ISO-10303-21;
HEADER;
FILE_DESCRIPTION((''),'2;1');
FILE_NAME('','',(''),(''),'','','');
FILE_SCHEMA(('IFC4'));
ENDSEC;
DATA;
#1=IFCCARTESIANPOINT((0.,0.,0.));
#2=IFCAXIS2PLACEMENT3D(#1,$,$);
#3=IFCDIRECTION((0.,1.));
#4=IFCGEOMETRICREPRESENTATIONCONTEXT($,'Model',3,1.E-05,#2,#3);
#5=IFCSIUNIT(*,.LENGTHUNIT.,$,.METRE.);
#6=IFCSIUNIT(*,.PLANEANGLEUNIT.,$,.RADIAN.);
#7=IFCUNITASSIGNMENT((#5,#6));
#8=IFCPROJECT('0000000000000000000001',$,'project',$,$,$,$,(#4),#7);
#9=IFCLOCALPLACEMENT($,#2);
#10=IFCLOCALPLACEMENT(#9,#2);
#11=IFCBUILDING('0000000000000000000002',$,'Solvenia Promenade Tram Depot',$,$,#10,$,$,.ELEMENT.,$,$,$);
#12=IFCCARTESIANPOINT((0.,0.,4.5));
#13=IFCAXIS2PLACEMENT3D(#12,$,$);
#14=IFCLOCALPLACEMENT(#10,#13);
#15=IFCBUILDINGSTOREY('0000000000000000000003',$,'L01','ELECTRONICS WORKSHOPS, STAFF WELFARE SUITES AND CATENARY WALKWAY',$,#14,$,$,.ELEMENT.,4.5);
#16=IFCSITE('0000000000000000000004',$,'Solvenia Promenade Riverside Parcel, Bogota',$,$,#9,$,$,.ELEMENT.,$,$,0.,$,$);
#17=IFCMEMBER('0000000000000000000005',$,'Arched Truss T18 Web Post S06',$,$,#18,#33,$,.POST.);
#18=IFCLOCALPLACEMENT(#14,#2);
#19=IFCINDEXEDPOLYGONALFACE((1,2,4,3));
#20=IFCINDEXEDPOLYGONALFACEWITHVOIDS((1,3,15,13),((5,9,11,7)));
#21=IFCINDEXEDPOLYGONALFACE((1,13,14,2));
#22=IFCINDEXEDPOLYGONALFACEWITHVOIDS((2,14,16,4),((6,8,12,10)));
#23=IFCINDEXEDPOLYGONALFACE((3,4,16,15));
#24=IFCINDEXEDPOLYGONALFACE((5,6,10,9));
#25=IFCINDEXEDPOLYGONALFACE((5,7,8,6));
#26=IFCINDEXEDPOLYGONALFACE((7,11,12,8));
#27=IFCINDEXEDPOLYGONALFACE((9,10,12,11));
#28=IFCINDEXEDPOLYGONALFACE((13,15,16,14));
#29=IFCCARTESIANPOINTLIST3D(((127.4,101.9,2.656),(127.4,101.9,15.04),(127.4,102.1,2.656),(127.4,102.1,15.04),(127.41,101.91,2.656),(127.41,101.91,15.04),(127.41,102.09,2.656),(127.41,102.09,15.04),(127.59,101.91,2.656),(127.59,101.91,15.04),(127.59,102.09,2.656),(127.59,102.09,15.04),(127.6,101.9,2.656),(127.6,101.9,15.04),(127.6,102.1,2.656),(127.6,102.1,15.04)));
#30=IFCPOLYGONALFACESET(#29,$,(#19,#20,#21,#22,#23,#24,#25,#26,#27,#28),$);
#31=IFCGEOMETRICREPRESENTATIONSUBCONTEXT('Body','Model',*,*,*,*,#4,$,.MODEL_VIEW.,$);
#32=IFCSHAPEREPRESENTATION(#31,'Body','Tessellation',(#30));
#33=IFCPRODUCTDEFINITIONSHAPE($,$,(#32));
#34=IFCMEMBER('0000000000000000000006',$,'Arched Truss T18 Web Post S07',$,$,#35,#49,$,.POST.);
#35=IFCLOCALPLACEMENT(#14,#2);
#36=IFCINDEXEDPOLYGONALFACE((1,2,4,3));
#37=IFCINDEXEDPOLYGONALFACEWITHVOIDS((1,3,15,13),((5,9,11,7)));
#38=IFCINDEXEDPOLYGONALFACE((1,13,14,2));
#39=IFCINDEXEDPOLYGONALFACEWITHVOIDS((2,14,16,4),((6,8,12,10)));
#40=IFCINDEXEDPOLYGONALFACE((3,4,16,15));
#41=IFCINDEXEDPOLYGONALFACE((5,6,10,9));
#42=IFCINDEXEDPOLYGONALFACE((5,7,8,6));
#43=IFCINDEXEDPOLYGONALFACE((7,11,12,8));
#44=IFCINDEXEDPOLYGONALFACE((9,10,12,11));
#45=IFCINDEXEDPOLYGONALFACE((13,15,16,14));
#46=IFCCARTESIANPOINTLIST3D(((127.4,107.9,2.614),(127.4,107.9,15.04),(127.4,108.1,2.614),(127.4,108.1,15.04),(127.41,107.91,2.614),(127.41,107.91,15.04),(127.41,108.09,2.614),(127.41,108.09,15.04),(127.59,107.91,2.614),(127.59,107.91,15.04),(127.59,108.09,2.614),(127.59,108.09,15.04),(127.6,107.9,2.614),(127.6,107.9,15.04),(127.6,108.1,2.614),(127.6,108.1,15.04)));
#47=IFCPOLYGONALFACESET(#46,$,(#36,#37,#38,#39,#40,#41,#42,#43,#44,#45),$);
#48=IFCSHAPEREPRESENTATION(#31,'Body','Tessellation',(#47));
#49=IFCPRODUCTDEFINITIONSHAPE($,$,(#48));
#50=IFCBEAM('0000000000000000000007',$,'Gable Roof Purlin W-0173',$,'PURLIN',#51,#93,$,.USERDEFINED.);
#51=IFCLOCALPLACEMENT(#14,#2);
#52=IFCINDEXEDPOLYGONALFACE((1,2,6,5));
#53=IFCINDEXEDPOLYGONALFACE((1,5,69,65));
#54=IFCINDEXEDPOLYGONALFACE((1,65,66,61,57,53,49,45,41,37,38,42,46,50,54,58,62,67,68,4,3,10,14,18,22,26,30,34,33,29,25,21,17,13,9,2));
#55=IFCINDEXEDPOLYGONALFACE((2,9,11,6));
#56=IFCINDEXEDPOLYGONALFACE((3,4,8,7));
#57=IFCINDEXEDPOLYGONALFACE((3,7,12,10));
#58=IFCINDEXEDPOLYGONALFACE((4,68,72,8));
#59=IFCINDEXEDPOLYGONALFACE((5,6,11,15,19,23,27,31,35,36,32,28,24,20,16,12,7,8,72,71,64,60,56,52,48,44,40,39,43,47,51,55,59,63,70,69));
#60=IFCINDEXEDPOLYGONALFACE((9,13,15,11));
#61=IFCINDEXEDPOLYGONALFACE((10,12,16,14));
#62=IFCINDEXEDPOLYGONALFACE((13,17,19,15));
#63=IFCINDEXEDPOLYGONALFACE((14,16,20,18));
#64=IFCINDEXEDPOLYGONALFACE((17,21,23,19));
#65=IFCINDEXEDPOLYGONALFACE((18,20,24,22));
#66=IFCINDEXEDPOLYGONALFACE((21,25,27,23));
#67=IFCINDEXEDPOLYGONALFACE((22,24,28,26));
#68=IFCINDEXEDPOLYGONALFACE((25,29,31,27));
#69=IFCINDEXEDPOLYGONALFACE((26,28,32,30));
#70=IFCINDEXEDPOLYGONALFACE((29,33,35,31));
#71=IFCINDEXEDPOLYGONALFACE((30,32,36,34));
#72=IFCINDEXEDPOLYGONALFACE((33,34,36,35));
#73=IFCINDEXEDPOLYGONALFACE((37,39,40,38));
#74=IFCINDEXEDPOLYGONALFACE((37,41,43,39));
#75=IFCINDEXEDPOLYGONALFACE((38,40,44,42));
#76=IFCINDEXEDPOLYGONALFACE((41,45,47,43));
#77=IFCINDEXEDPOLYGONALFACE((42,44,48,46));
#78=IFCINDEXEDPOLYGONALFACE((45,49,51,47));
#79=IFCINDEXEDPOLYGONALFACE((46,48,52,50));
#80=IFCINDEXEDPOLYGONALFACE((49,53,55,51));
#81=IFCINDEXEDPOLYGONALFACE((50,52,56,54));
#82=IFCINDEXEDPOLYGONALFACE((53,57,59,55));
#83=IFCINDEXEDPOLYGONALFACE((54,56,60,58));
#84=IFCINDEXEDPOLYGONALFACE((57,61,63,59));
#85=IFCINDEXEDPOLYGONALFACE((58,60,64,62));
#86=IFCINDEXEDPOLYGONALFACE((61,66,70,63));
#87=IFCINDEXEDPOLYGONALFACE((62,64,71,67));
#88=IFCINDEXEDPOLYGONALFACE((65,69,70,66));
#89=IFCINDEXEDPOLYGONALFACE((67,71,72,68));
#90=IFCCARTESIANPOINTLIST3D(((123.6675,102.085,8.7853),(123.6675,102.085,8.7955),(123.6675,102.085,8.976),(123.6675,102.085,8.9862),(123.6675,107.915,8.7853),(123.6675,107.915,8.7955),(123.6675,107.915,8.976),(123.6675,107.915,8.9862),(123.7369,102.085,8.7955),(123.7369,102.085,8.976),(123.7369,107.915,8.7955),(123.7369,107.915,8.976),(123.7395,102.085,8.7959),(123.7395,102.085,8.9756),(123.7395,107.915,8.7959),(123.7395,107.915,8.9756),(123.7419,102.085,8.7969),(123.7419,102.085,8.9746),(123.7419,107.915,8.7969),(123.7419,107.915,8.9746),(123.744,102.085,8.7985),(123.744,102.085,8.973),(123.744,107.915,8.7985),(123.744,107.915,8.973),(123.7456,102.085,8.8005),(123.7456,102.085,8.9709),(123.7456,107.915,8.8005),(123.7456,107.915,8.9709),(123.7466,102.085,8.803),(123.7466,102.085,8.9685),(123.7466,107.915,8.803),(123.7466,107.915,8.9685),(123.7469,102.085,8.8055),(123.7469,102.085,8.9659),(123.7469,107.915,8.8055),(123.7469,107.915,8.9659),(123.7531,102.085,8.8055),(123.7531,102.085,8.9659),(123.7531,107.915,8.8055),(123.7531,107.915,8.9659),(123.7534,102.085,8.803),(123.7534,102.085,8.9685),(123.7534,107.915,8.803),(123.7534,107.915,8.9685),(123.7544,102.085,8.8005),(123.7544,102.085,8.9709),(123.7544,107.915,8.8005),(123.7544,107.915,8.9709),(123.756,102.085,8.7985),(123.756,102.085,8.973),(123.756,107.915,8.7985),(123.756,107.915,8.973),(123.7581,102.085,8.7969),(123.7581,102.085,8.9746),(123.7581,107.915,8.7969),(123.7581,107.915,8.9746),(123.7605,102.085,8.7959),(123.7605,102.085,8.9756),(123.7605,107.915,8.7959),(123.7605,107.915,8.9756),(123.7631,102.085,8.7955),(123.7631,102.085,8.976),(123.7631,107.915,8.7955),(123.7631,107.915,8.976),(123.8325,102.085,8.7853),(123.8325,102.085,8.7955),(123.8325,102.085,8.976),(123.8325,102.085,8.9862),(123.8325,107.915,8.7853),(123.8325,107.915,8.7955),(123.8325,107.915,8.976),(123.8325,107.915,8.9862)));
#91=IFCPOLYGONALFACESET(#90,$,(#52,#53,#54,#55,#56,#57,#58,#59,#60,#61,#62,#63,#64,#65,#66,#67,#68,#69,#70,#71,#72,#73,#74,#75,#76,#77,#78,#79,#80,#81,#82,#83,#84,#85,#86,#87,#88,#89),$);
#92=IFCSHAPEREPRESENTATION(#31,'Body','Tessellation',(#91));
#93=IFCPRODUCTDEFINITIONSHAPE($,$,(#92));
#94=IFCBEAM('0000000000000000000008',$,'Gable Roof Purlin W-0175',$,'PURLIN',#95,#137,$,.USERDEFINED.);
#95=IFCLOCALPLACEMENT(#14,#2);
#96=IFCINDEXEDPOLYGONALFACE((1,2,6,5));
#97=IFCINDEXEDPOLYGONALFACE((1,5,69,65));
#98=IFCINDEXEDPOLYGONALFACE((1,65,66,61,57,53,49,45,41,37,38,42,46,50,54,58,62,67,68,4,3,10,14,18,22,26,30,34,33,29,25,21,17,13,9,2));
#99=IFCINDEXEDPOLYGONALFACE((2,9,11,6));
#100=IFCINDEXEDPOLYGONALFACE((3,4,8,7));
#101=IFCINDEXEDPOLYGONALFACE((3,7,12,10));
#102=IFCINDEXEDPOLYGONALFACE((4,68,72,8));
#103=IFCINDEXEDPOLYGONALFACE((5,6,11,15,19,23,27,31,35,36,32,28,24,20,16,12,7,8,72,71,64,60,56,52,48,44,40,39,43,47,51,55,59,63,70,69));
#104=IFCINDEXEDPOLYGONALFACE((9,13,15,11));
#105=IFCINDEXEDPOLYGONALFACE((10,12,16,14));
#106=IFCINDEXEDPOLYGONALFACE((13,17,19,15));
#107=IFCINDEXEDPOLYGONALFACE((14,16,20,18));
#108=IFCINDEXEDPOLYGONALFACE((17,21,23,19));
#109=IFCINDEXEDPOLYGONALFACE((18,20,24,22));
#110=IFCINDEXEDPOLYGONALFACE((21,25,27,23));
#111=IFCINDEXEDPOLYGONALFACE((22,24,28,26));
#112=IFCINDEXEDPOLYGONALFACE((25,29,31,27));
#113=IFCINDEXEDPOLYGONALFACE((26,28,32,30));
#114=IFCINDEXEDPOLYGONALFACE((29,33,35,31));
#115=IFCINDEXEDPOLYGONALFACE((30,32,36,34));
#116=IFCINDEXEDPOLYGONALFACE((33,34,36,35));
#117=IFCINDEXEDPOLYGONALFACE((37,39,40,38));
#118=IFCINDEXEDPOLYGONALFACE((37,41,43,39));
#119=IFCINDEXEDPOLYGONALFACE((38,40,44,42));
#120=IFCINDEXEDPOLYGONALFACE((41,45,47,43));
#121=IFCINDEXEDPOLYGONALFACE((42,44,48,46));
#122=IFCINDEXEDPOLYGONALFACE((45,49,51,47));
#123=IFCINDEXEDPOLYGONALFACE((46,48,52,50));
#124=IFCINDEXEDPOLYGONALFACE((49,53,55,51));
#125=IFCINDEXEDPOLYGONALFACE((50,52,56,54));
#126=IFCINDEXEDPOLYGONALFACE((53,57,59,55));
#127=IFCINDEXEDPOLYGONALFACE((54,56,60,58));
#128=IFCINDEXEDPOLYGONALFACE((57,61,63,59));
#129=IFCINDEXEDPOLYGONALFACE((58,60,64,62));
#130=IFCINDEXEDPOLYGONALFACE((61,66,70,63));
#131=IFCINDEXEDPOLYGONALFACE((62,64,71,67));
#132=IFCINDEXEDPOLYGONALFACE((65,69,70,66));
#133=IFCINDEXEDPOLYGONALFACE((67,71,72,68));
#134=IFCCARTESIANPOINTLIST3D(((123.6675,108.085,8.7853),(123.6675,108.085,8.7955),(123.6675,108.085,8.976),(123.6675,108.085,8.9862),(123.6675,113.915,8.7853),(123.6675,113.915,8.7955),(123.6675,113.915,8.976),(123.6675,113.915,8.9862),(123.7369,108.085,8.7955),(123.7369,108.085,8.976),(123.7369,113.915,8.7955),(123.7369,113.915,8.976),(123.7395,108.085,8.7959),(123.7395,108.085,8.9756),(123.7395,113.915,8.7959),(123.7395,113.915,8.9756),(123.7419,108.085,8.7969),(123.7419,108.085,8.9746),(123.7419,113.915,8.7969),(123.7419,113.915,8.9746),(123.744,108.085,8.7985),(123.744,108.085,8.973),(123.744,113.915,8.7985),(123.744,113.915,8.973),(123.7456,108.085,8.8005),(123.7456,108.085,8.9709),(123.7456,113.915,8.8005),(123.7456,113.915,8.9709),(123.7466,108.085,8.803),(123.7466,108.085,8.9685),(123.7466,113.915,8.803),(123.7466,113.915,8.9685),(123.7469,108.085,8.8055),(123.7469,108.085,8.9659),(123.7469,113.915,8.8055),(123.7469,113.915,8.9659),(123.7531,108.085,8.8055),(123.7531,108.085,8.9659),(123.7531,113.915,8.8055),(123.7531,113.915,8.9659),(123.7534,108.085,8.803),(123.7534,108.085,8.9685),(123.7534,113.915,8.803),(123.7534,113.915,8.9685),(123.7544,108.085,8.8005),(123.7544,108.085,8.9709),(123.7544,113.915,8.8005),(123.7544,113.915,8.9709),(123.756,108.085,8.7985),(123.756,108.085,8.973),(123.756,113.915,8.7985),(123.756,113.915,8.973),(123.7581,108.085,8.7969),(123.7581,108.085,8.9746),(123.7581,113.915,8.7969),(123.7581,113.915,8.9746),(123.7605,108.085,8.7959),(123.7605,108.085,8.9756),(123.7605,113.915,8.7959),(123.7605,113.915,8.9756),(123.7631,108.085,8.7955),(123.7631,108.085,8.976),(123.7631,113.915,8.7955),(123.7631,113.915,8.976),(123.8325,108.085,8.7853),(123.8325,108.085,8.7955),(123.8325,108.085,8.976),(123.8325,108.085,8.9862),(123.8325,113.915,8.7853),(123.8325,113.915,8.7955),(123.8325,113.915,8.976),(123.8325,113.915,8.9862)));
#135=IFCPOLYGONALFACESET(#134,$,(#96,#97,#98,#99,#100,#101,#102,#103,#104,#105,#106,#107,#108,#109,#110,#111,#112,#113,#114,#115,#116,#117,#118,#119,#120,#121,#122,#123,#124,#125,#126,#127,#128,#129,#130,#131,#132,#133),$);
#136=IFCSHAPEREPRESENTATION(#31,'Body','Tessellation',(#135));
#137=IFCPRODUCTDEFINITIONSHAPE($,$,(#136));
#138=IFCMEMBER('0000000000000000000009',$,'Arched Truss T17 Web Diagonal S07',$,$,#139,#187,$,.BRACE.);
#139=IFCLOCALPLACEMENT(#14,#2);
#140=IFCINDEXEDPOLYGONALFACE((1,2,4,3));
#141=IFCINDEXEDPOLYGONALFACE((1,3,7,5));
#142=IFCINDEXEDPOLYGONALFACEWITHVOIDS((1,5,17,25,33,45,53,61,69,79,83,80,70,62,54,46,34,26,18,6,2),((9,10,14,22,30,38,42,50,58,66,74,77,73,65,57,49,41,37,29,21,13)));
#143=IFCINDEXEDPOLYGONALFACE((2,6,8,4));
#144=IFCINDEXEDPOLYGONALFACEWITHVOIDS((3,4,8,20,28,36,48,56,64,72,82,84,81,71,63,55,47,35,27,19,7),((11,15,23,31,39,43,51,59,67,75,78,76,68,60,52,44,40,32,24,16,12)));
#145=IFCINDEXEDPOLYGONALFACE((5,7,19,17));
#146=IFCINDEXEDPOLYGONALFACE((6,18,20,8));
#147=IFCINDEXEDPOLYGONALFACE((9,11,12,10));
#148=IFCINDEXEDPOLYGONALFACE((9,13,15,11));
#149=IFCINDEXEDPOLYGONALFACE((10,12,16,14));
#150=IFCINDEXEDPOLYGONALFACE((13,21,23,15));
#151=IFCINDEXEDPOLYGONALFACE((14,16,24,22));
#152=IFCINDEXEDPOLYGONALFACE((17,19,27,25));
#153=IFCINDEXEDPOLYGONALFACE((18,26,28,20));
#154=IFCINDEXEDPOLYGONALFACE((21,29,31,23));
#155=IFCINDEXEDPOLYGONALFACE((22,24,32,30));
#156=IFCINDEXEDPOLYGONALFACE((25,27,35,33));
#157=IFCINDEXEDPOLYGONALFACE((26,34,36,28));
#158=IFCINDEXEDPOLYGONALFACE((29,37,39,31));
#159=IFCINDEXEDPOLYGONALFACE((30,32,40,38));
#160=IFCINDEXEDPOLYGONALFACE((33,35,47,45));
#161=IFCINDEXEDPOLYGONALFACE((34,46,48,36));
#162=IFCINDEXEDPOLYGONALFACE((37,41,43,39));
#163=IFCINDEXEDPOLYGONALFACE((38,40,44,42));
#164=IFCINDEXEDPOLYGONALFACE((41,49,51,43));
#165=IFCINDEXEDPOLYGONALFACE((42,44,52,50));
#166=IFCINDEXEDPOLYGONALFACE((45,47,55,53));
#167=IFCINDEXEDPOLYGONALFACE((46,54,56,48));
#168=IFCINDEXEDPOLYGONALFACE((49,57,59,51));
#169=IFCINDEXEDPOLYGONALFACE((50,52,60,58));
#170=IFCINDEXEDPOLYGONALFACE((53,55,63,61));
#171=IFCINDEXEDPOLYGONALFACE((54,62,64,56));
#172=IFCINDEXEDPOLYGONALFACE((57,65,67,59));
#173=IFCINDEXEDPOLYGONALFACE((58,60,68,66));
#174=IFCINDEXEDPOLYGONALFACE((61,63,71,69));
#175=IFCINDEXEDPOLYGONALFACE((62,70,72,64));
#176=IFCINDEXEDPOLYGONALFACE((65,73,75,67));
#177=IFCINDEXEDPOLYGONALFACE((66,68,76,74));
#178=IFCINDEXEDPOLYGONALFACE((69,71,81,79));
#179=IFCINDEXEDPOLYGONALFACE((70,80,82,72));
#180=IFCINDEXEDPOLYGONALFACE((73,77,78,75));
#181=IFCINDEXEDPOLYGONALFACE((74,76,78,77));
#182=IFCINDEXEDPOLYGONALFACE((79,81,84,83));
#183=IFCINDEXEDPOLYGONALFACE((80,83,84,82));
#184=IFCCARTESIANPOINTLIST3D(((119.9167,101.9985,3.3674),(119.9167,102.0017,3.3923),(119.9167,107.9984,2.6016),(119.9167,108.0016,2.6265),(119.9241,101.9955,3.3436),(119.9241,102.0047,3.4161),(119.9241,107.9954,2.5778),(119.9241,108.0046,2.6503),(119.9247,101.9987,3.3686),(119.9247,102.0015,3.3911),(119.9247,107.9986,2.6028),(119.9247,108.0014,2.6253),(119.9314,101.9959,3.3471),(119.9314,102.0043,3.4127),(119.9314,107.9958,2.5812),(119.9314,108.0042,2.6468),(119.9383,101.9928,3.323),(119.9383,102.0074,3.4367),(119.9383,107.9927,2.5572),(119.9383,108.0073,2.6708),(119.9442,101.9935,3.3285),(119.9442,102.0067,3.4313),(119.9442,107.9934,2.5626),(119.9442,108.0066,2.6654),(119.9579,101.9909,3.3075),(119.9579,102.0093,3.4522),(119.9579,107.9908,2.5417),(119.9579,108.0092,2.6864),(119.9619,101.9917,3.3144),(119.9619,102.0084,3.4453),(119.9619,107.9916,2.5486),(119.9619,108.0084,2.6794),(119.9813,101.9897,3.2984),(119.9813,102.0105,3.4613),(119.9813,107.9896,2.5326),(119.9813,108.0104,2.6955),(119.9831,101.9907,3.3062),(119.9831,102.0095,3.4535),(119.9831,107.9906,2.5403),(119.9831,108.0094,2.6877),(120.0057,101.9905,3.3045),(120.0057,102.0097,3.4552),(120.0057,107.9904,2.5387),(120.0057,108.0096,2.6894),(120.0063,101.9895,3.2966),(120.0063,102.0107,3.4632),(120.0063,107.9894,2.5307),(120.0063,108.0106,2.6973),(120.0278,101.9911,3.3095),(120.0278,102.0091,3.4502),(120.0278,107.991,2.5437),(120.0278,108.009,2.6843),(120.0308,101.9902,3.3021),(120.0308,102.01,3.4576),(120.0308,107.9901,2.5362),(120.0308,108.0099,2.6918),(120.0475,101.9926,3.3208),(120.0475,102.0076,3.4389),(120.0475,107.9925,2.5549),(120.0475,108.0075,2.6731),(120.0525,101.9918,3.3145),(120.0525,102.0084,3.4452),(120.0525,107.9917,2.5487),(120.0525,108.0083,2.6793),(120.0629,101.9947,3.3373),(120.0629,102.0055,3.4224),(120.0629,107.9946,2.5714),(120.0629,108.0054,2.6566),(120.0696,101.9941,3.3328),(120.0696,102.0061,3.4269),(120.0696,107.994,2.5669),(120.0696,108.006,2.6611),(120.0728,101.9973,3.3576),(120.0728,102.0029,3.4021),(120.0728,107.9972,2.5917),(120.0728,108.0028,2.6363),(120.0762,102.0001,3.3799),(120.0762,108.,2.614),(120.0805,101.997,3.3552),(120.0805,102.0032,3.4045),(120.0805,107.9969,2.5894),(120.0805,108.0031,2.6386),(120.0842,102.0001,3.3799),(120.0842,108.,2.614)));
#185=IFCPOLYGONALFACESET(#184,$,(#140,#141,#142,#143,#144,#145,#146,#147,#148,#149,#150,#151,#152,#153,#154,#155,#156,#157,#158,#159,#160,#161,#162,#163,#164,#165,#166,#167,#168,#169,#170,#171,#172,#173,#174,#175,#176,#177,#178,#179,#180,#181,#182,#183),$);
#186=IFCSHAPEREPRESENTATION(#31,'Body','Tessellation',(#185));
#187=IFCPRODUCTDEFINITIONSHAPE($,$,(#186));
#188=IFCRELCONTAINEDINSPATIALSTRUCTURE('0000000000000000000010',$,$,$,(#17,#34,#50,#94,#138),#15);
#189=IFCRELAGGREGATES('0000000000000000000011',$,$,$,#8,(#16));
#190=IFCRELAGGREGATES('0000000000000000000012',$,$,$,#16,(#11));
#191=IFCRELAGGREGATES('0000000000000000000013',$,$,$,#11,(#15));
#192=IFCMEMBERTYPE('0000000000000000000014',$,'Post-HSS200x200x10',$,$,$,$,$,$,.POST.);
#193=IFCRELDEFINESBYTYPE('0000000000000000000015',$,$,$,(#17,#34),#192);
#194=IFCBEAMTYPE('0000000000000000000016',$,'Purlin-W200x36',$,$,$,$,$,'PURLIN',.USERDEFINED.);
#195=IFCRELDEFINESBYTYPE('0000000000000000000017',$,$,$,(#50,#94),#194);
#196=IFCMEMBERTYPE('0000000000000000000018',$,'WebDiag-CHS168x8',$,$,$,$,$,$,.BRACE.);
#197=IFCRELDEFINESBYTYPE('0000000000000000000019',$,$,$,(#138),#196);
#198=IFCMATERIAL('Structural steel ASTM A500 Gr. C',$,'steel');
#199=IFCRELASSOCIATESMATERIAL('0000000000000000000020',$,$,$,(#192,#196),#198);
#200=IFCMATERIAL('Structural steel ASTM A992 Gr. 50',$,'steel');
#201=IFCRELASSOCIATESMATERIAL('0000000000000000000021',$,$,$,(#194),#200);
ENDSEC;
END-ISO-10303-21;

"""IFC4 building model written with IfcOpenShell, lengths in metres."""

from ifc_helpers import new_model, si_unit, direction, frame, origin, origin_2d, place, context, subcontext, project, spatial, hollow_rectangle, hollow_circle, i_section, extrude, material, material_profile, profile_set, type_object, element, save


model = new_model("IFC4")

# Units and contexts
model_context = context("Model", 3, precision=1e-05, world=origin(), true_north=direction((0.0, 1.0)))
body_context = subcontext(model_context, "Body", "Model", "MODEL_VIEW")
ifc_project = project(units=[si_unit("LENGTHUNIT", "METRE"), si_unit("PLANEANGLEUNIT", "RADIAN")], contexts=[model_context])

# Site, building, storey
site_placement = place(None, origin())
site = spatial("IfcSite", under=ifc_project, at=site_placement, Name="Solvenia Promenade Riverside Parcel, Bogota", CompositionType="ELEMENT", RefElevation=0.0)
building_placement = place(site_placement, origin())
building = spatial("IfcBuilding", under=site, at=building_placement, Name="Solvenia Promenade Tram Depot", CompositionType="ELEMENT")
storey_placement = place(building_placement, frame((0.0, 0.0, 4.5)))
storey = spatial("IfcBuildingStorey", under=building, at=storey_placement, Name="L01", Description="ELECTRONICS WORKSHOPS, STAFF WELFARE SUITES AND CATENARY WALKWAY", CompositionType="ELEMENT", Elevation=4.5)

# Members
ifc_material_1 = material(Name="Structural steel ASTM A500 Gr. C", Category="steel")
ifc_material_profile_1 = material_profile(ifc_material_1, hollow_rectangle(XDim=0.2, YDim=0.2, WallThickness=0.01, at=origin_2d()), Name="HSS200x200x10", Category="steel")
ifc_profile_set_1 = profile_set([ifc_material_profile_1], Name="Structural steel ASTM A500 Gr. C")
member_type_1 = type_object("IfcMemberType", Name="Post-HSS200x200x10", PredefinedType="POST", material=ifc_profile_set_1)
member_1_placement = place(storey_placement, frame((127.5, 102.0, 2.656), z_axis=(0.0, 0.0, 1.0), x_axis=(1.0, 0.0, 0.0)))
element("IfcMember", 1, at=member_1_placement, inside=storey, type_object=member_type_1, Name="Arched Truss T18 Web Post S06", PredefinedType="POST", context=body_context, shape_type="SweptSolid", body=[
    extrude(hollow_rectangle(XDim=0.2, YDim=0.2, WallThickness=0.01, at=origin_2d()), origin(), (0.0, 0.0, 1.0), 12.384),
])
member_2_placement = place(storey_placement, frame((127.5, 108.0, 2.614), z_axis=(0.0, 0.0, 1.0), x_axis=(1.0, 0.0, 0.0)))
element("IfcMember", 2, at=member_2_placement, inside=storey, type_object=member_type_1, Name="Arched Truss T18 Web Post S07", PredefinedType="POST", context=body_context, shape_type="SweptSolid", body=[
    extrude(hollow_rectangle(XDim=0.2, YDim=0.2, WallThickness=0.01, at=origin_2d()), origin(), (0.0, 0.0, 1.0), 12.426),
])

# Beams
ifc_material_2 = material(Name="Structural steel ASTM A992 Gr. 50", Category="steel")
ifc_material_profile_2 = material_profile(ifc_material_2, i_section(OverallWidth=0.165, OverallDepth=0.2009, WebThickness=0.0061, FlangeThickness=0.0103, FilletRadius=0.01, at=origin_2d()), Name="W200x36", Category="steel")
ifc_profile_set_2 = profile_set([ifc_material_profile_2], Name="Structural steel ASTM A992 Gr. 50")
beam_type = type_object("IfcBeamType", Name="Purlin-W200x36", ElementType="PURLIN", PredefinedType="USERDEFINED", material=ifc_profile_set_2)
for number, where, z_axis, x_axis, name in (
    (3, (123.75, 102.085, 8.8857), (0.0, 1.0, 0.0), (-1.0, 0.0, 0.0), "Gable Roof Purlin W-0173"),
    (4, (123.75, 108.085, 8.8857), (0.0, 1.0, 0.0), (-1.0, 0.0, 0.0), "Gable Roof Purlin W-0175"),
):
    element("IfcBeam", number, at=place(storey_placement, frame(where, z_axis=z_axis, x_axis=x_axis)), inside=storey, type_object=beam_type, Name=name, ObjectType="PURLIN", PredefinedType="USERDEFINED", context=body_context, shape_type="SweptSolid", body=[
        extrude(i_section(OverallWidth=0.165, OverallDepth=0.2009, WebThickness=0.0061, FlangeThickness=0.0103, FilletRadius=0.01, at=origin_2d()), origin(), (0.0, 0.0, 1.0), 5.8301),
    ])

# Member
ifc_material_profile_3 = material_profile(ifc_material_1, hollow_circle(Radius=0.0842, WallThickness=0.0081, at=origin_2d()), Name="CHS168.3x8", Category="steel")
ifc_profile_set_3 = profile_set([ifc_material_profile_3], Name="Structural steel ASTM A500 Gr. C")
member_type_2 = type_object("IfcMemberType", Name="WebDiag-CHS168x8", PredefinedType="BRACE", material=ifc_profile_set_3)
member_3_placement = place(storey_placement, frame((120.0, 108.0, 2.614), z_axis=(0.0, -0.991952, 0.126618), x_axis=(1.0, 0.0, 0.0)))
element("IfcMember", 5, at=member_3_placement, inside=storey, type_object=member_type_2, Name="Arched Truss T17 Web Diagonal S07", PredefinedType="BRACE", context=body_context, shape_type="SweptSolid", body=[
    extrude(hollow_circle(Radius=0.0842, WallThickness=0.0081, at=origin_2d()), origin(), (0.0, 0.0, 1.0), 6.0486),
])

save(model, "model.ifc")
